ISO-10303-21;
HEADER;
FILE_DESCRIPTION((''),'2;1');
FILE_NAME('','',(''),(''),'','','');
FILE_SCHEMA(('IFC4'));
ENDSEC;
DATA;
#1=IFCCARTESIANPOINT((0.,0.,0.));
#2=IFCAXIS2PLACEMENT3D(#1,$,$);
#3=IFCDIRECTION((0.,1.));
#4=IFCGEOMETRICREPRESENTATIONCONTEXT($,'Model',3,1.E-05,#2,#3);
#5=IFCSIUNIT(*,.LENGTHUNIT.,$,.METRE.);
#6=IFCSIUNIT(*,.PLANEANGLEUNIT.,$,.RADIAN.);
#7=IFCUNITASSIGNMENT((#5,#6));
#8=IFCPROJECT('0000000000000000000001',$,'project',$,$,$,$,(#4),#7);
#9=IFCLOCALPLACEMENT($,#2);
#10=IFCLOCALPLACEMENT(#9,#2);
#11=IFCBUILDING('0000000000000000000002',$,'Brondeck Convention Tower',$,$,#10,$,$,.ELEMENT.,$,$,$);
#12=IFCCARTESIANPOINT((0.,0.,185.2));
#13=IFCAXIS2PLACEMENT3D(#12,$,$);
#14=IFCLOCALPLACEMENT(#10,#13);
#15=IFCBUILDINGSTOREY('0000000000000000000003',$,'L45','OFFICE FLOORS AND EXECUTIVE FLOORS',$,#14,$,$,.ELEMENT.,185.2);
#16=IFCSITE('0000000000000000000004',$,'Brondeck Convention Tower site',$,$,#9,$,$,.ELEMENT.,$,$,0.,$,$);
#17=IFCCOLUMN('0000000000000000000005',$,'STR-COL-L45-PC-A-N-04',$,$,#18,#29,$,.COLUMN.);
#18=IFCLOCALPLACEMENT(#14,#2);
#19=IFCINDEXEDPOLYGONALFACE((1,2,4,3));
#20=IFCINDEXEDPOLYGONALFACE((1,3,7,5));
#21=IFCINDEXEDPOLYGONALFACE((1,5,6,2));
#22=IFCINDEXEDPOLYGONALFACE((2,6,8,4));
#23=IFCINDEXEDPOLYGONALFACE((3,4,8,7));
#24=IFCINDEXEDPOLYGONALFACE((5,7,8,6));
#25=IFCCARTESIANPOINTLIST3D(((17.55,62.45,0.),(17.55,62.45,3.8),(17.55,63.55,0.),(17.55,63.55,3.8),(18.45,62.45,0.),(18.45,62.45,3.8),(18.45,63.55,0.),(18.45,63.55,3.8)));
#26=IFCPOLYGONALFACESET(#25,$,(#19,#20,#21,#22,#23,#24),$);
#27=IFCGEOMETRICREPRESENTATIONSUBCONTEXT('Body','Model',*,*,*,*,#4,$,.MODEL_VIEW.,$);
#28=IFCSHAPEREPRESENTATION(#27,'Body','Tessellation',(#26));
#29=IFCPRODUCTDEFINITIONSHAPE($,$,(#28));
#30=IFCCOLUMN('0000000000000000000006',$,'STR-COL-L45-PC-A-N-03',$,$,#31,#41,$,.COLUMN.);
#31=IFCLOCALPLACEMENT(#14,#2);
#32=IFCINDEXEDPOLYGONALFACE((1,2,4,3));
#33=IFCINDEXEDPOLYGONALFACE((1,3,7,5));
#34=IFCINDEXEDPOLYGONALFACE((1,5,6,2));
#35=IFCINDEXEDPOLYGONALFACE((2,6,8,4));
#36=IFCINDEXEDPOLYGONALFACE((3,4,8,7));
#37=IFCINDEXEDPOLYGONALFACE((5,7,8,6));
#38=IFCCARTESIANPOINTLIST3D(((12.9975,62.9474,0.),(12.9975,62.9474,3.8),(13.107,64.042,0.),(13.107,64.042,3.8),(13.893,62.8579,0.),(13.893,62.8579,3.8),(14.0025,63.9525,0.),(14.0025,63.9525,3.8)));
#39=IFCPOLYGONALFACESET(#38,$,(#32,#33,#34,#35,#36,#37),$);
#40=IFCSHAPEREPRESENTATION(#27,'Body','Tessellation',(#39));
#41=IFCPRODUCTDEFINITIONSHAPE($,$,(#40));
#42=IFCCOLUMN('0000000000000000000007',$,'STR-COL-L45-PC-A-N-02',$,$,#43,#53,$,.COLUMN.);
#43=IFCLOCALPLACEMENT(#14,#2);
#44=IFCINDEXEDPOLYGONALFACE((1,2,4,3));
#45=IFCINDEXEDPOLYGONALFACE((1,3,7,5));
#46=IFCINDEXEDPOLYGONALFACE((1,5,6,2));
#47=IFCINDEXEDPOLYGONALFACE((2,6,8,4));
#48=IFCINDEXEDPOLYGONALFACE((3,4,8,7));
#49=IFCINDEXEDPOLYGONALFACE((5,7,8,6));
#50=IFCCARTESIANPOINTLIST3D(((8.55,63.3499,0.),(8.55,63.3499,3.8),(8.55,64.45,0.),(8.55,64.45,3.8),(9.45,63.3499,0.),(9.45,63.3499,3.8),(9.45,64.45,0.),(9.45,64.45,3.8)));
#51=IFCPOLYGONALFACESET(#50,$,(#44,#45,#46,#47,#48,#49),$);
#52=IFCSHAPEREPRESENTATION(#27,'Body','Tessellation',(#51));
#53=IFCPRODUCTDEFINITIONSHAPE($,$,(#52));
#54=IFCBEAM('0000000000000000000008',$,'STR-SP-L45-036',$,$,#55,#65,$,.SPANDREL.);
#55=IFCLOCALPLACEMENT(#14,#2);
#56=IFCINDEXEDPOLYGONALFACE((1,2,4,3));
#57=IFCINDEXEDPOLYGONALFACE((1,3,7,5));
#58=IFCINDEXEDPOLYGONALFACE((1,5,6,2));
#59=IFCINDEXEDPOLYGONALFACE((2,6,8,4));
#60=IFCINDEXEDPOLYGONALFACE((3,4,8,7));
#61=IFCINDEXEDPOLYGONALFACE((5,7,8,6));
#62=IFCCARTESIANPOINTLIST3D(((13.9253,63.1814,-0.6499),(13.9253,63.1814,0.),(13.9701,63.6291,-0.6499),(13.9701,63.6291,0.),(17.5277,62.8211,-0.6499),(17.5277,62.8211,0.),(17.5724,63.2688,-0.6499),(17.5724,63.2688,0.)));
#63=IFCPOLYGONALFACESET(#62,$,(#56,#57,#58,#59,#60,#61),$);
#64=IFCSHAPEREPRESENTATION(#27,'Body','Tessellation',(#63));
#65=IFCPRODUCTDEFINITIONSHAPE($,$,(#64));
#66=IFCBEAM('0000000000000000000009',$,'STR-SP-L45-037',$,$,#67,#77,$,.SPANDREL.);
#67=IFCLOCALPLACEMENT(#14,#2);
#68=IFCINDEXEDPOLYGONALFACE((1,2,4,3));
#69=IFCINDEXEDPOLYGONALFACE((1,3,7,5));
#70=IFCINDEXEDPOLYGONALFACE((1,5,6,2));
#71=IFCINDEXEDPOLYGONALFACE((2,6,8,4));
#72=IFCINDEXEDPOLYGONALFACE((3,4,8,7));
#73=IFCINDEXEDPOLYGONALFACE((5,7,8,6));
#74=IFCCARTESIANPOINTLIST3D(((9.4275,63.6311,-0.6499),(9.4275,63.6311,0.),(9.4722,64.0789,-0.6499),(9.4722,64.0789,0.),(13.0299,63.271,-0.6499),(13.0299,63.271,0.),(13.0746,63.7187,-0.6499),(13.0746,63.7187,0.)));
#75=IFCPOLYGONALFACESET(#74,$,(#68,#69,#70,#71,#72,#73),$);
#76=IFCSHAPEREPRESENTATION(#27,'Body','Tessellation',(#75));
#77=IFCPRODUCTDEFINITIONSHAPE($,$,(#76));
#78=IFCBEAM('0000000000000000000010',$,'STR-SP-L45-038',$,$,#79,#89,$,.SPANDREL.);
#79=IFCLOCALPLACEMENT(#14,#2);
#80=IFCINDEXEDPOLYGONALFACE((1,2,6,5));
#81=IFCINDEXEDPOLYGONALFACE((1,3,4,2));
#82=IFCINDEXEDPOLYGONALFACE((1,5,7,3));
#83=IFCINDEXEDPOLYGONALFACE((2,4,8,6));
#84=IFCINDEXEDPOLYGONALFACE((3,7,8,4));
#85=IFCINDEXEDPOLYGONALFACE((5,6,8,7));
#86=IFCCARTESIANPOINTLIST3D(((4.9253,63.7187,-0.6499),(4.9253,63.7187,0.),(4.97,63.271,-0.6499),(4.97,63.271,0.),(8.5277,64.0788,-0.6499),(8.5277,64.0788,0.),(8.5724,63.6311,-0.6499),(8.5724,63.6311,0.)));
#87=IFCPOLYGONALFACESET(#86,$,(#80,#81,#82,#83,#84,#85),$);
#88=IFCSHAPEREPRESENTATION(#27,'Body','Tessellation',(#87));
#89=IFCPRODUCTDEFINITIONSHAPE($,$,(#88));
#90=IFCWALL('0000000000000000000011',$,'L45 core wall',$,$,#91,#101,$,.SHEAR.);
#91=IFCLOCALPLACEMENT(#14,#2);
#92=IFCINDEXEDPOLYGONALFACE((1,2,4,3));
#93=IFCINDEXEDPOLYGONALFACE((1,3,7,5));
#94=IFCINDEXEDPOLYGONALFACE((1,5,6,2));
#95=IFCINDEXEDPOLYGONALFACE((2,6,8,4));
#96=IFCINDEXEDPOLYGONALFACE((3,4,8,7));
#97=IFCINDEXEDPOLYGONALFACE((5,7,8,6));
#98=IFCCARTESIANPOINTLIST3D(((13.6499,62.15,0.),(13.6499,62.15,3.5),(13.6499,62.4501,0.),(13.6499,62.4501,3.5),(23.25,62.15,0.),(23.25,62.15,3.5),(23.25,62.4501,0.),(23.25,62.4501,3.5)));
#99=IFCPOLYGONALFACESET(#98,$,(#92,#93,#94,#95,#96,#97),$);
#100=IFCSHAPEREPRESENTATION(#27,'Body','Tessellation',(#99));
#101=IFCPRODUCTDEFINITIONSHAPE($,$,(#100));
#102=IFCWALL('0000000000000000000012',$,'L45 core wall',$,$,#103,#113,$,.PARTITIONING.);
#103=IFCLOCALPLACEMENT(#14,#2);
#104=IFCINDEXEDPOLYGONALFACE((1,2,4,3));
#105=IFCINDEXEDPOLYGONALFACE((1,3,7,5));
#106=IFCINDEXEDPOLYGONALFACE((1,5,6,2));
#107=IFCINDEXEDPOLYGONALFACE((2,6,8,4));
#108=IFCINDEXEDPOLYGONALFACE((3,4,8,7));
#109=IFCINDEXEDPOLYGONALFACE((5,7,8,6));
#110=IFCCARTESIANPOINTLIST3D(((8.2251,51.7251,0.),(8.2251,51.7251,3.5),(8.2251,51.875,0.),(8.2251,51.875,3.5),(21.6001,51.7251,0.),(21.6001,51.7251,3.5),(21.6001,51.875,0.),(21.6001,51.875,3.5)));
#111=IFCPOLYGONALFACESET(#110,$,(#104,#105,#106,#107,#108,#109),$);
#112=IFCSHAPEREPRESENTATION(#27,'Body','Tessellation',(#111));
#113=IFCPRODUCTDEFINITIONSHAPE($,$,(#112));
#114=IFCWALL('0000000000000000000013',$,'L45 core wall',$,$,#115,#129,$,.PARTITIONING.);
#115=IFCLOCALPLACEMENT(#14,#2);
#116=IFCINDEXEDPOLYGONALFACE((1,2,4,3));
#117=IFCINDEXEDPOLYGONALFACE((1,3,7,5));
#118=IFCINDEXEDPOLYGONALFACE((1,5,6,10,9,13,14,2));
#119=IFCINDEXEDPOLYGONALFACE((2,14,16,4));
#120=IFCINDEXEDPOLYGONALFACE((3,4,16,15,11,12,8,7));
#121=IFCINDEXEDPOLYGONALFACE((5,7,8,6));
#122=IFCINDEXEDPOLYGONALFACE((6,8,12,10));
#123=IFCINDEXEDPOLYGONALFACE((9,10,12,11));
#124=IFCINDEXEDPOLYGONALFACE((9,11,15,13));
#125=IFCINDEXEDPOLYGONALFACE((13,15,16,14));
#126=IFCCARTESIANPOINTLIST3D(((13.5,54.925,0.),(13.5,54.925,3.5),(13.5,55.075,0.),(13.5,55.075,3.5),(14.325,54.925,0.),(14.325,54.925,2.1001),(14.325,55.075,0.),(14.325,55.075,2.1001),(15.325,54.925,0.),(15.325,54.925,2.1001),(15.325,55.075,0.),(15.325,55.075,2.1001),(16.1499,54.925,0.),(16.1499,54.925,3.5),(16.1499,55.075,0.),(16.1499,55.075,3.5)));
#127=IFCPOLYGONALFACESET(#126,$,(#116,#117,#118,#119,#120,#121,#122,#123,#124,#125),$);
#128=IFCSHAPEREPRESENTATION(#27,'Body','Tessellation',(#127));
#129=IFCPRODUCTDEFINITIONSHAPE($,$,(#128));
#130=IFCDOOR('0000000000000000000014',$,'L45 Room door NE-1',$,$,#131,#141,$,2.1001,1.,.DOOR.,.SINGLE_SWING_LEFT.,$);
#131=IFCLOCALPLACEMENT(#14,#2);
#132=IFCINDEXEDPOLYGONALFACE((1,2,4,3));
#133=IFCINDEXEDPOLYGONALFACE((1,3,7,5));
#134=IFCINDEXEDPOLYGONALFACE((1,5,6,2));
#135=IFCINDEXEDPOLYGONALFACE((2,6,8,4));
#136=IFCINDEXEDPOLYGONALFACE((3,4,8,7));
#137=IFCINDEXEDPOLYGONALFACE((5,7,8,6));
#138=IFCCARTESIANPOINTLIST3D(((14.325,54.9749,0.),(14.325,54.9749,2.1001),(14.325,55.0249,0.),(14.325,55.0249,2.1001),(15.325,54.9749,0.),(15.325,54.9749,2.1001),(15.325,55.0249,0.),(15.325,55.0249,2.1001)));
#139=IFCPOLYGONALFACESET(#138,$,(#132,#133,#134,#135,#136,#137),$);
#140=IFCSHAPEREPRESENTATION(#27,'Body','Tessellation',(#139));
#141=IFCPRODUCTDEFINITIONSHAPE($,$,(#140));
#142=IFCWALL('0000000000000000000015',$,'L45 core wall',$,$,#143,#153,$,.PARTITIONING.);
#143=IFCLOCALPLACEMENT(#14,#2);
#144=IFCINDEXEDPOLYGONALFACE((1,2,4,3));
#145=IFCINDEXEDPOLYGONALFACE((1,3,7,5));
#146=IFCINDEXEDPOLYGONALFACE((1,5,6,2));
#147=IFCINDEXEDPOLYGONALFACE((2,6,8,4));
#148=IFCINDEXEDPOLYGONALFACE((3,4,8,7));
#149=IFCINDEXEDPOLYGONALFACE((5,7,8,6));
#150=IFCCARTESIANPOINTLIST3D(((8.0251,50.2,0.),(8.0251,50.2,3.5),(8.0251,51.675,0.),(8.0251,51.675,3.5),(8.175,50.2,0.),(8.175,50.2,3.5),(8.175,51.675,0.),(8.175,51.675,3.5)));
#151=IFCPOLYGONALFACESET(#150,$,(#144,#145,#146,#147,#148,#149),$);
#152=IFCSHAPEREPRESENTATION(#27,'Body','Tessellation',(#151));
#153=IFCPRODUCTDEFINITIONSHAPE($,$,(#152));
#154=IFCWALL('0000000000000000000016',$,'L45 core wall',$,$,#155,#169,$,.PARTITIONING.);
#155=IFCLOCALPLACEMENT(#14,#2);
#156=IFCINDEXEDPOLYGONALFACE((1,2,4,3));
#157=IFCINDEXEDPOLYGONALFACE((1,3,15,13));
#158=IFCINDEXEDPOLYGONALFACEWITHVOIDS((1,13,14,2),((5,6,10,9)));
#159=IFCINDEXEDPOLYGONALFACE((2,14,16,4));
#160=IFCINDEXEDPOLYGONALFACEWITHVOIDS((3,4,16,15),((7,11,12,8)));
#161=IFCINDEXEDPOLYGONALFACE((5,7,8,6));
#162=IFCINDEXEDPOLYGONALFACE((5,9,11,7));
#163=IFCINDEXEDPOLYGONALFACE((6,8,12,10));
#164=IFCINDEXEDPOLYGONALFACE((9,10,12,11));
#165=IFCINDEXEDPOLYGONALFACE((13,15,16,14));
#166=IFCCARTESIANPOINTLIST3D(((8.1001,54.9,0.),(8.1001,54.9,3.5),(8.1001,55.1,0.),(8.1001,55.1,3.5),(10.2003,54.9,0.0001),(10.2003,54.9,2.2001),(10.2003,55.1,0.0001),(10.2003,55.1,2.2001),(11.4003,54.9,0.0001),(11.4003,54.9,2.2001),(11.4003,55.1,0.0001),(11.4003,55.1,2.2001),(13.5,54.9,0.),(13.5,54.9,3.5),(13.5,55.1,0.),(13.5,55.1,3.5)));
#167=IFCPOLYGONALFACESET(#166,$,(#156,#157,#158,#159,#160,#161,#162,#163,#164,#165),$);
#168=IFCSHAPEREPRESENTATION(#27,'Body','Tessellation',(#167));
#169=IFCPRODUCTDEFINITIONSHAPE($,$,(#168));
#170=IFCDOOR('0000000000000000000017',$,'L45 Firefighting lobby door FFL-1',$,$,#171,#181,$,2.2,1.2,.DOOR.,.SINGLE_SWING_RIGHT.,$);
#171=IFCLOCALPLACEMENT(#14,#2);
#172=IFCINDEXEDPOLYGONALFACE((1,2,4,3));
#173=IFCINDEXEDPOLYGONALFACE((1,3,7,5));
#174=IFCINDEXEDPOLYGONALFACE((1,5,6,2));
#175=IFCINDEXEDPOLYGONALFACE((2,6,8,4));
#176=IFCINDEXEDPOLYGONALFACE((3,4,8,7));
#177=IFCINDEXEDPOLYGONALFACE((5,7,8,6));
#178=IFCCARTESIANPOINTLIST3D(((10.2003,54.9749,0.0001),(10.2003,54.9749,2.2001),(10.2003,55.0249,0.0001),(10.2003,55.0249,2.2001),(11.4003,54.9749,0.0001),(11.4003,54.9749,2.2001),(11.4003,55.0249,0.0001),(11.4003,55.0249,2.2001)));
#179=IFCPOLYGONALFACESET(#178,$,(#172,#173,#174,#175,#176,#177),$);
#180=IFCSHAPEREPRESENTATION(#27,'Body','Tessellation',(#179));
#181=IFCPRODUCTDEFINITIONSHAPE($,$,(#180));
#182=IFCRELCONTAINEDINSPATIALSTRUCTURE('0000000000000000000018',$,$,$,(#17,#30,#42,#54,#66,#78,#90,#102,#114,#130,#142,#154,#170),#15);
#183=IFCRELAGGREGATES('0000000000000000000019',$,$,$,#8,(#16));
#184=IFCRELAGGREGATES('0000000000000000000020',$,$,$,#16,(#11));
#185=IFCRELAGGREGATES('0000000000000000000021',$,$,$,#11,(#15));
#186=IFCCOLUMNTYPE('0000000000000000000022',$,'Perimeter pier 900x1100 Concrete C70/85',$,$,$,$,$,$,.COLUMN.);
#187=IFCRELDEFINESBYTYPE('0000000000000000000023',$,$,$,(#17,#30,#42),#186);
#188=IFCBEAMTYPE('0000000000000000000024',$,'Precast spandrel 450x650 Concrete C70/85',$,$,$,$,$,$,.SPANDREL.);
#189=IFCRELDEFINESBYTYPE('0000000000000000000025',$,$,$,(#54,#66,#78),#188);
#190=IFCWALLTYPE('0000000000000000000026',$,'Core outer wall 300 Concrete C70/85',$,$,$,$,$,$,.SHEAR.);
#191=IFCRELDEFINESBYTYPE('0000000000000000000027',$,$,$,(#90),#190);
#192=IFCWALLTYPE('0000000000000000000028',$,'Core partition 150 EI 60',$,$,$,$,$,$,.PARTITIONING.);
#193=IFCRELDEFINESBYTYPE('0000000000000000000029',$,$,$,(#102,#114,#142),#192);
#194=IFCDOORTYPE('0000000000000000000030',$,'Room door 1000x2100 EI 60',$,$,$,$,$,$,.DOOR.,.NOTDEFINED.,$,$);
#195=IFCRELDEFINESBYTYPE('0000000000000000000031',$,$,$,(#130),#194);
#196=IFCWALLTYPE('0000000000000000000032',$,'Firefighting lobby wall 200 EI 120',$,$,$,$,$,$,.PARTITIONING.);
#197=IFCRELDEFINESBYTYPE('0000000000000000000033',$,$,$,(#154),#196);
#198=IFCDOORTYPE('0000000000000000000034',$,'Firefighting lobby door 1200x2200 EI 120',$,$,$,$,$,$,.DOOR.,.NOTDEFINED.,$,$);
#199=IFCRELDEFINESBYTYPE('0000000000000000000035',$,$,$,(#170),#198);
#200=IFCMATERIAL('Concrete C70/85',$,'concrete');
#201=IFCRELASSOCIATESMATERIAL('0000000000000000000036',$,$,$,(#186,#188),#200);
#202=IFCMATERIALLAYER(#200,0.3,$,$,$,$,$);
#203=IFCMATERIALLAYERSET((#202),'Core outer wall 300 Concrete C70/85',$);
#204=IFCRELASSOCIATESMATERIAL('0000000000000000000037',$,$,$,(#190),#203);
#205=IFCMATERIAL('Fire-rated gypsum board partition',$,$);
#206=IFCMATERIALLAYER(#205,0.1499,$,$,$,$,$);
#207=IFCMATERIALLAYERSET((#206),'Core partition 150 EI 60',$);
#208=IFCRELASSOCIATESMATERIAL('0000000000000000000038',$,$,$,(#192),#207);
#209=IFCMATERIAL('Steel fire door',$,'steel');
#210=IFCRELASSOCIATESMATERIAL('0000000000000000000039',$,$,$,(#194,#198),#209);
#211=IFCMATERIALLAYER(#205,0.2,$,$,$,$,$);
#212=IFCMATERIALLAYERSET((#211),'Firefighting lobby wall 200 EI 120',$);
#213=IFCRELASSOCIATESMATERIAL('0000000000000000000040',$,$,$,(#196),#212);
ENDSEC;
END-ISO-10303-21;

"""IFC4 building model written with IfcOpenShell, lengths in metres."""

from ifc_helpers import new_model, si_unit, direction, frame, frame_2d, origin, origin_2d, place, context, subcontext, project, spatial, rectangle, extrude, material, layer, layer_set, material_profile, profile_set, type_object, element, fill, save


model = new_model("IFC4")

# Units and contexts
model_context = context("Model", 3, precision=1e-05, world=origin(), true_north=direction((0.0, 1.0)))
body_context = subcontext(model_context, "Body", "Model", "MODEL_VIEW")
ifc_project = project(units=[si_unit("LENGTHUNIT", "METRE"), si_unit("PLANEANGLEUNIT", "RADIAN")], contexts=[model_context])

# Site, building, storey
site_placement = place(None, origin())
site = spatial("IfcSite", under=ifc_project, at=site_placement, Name="Brondeck Convention Tower site", CompositionType="ELEMENT", RefElevation=0.0)
building_placement = place(site_placement, origin())
building = spatial("IfcBuilding", under=site, at=building_placement, Name="Brondeck Convention Tower", CompositionType="ELEMENT")
storey_placement = place(building_placement, frame((0.0, 0.0, 185.2)))
storey = spatial("IfcBuildingStorey", under=building, at=storey_placement, Name="L45", Description="OFFICE FLOORS AND EXECUTIVE FLOORS", CompositionType="ELEMENT", Elevation=185.2)

# Columns
ifc_material_1 = material(Name="Concrete C70/85", Category="concrete")
ifc_material_profile_1 = material_profile(ifc_material_1, rectangle(XDim=0.8999, YDim=1.1001, at=origin_2d()), Name="Perimeter pier 900x1100 Concrete C70/85")
ifc_profile_set_1 = profile_set([ifc_material_profile_1], Name="Concrete C70/85")
column_type = type_object("IfcColumnType", Name="Perimeter pier 900x1100 Concrete C70/85", PredefinedType="COLUMN", material=ifc_profile_set_1)
for number, where, z_axis, x_axis, name in (
    (1, (18.0, 63.0, 0.0), (0.0, 0.0, 1.0), (-1.0, 0.0, 0.0), "STR-COL-L45-PC-A-N-04"),
    (2, (13.5, 63.45, 0.0), (0.0, 0.0, 1.0), (-0.995037, 0.099504, 0.0), "STR-COL-L45-PC-A-N-03"),
    (3, (9.0, 63.8999, 0.0), (0.0, 0.0, 1.0), (-1.0, 0.0, 0.0), "STR-COL-L45-PC-A-N-02"),
):
    element("IfcColumn", number, at=place(storey_placement, frame(where, z_axis=z_axis, x_axis=x_axis)), inside=storey, type_object=column_type, Name=name, PredefinedType="COLUMN", context=body_context, shape_type="SweptSolid", body=[
        extrude(rectangle(XDim=0.8999, YDim=1.1001, at=origin_2d()), origin(), (0.0, 0.0, 1.0), 3.8),
    ])

# Beams
ifc_material_profile_2 = material_profile(ifc_material_1, rectangle(XDim=0.45, YDim=0.6499, at=origin_2d()), Name="Precast spandrel 450x650 Concrete C70/85")
ifc_profile_set_2 = profile_set([ifc_material_profile_2], Name="Concrete C70/85")
beam_type = type_object("IfcBeamType", Name="Precast spandrel 450x650 Concrete C70/85", PredefinedType="SPANDREL", material=ifc_profile_set_2)
for number, where, z_axis, x_axis, name in (
    (4, (17.55, 63.0449, -0.325), (-0.995034, 0.099537, 0.0), (-0.099537, -0.995034, 0.0), "STR-SP-L45-036"),
    (5, (13.0522, 63.4949, -0.325), (-0.995041, 0.09947, 0.0), (-0.09947, -0.995041, 0.0), "STR-SP-L45-037"),
    (6, (8.55, 63.855, -0.325), (-0.995041, -0.09947, 0.0), (0.09947, -0.995041, 0.0), "STR-SP-L45-038"),
):
    element("IfcBeam", number, at=place(storey_placement, frame(where, z_axis=z_axis, x_axis=x_axis)), inside=storey, type_object=beam_type, Name=name, PredefinedType="SPANDREL", context=body_context, shape_type="SweptSolid", body=[
        extrude(rectangle(XDim=0.45, YDim=0.6499, at=origin_2d()), origin(), (0.0, 0.0, 1.0), 3.6204),
    ])

# Walls
ifc_layer_1 = layer(ifc_material_1, 0.3)
ifc_layer_set_1 = layer_set([ifc_layer_1], Name="Core outer wall 300 Concrete C70/85")
wall_type_1 = type_object("IfcWallType", Name="Core outer wall 300 Concrete C70/85", PredefinedType="SHEAR", material=ifc_layer_set_1)
wall_1_placement = place(storey_placement, frame((13.6499, 62.3, 0.0), z_axis=(0.0, 0.0, 1.0), x_axis=(1.0, 0.0, 0.0)))
element("IfcWall", 7, at=wall_1_placement, inside=storey, type_object=wall_type_1, Name="L45 core wall", PredefinedType="SHEAR", context=body_context, shape_type="SweptSolid", body=[
    extrude(rectangle(XDim=9.6001, YDim=0.3, at=frame_2d((4.8, 0.0))), origin(), (0.0, 0.0, 1.0), 3.5),
])
ifc_material_2 = material(Name="Fire-rated gypsum board partition")
ifc_layer_2 = layer(ifc_material_2, 0.1499)
ifc_layer_set_2 = layer_set([ifc_layer_2], Name="Core partition 150 EI 60")
wall_type_2 = type_object("IfcWallType", Name="Core partition 150 EI 60", PredefinedType="PARTITIONING", material=ifc_layer_set_2)
wall_2_placement = place(storey_placement, frame((8.2251, 51.8, 0.0), z_axis=(0.0, 0.0, 1.0), x_axis=(1.0, 0.0, 0.0)))
element("IfcWall", 8, at=wall_2_placement, inside=storey, type_object=wall_type_2, Name="L45 core wall", PredefinedType="PARTITIONING", context=body_context, shape_type="SweptSolid", body=[
    extrude(rectangle(XDim=13.375, YDim=0.1499, at=frame_2d((6.6875, 0.0))), origin(), (0.0, 0.0, 1.0), 3.5),
])

# Wall, opening, door
wall_3_placement = place(storey_placement, frame((13.5, 55.0, 0.0), z_axis=(0.0, 0.0, 1.0), x_axis=(1.0, 0.0, 0.0)))
wall_3 = element("IfcWall", 9, at=wall_3_placement, inside=storey, type_object=wall_type_2, Name="L45 core wall", PredefinedType="PARTITIONING", context=body_context, shape_type="SweptSolid", body=[
    extrude(rectangle(XDim=2.6499, YDim=0.1499, at=frame_2d((1.325, 0.0))), origin(), (0.0, 0.0, 1.0), 3.5),
])
opening_1_placement = place(wall_3_placement, frame((0.825, 0.0, 0.0)))
opening_1 = element("IfcOpeningElement", 10, at=opening_1_placement, cuts=wall_3, PredefinedType="OPENING", context=body_context, shape_type="SweptSolid", body=[
    extrude(rectangle(XDim=1.0, YDim=2.1001, at=frame_2d((0.5, 1.05))), frame((0.0, 0.085, 0.0), z_axis=(0.0, -1.0, 0.0), x_axis=(1.0, 0.0, 0.0)), (0.0, 0.0, 1.0), 0.1699),
])
ifc_material_3 = material(Name="Steel fire door", Category="steel")
door_type_1 = type_object("IfcDoorType", Name="Room door 1000x2100 EI 60", OperationType="NOTDEFINED", PredefinedType="DOOR", material=ifc_material_3)
door_1_placement = place(opening_1_placement, origin())
door_1 = element("IfcDoor", 11, at=door_1_placement, inside=storey, type_object=door_type_1, Name="L45 Room door NE-1", OperationType="SINGLE_SWING_LEFT", OverallHeight=2.1001, OverallWidth=1.0, PredefinedType="DOOR", context=body_context, shape_type="SweptSolid", body=[
    extrude(rectangle(XDim=1.0, YDim=2.1001, at=frame_2d((0.5, 1.05))), frame((0.0, 0.0249, 0.0), z_axis=(0.0, -1.0, 0.0), x_axis=(1.0, 0.0, 0.0)), (0.0, 0.0, 1.0), 0.05),
])
fill(opening_1, door_1)

# Wall
wall_4_placement = place(storey_placement, frame((8.1001, 50.2, 0.0), z_axis=(0.0, 0.0, 1.0), x_axis=(0.0, 1.0, 0.0)))
element("IfcWall", 12, at=wall_4_placement, inside=storey, type_object=wall_type_2, Name="L45 core wall", PredefinedType="PARTITIONING", context=body_context, shape_type="SweptSolid", body=[
    extrude(rectangle(XDim=1.4751, YDim=0.1499, at=frame_2d((0.7375, 0.0))), origin(), (0.0, 0.0, 1.0), 3.5),
])

# Wall, opening, door
ifc_layer_3 = layer(ifc_material_2, 0.2)
ifc_layer_set_3 = layer_set([ifc_layer_3], Name="Firefighting lobby wall 200 EI 120")
wall_type_3 = type_object("IfcWallType", Name="Firefighting lobby wall 200 EI 120", PredefinedType="PARTITIONING", material=ifc_layer_set_3)
wall_5_placement = place(storey_placement, frame((8.1001, 55.0, 0.0), z_axis=(0.0, 0.0, 1.0), x_axis=(1.0, 0.0, 0.0)))
wall_5 = element("IfcWall", 13, at=wall_5_placement, inside=storey, type_object=wall_type_3, Name="L45 core wall", PredefinedType="PARTITIONING", context=body_context, shape_type="SweptSolid", body=[
    extrude(rectangle(XDim=5.3999, YDim=0.2, at=frame_2d((2.7, 0.0))), origin(), (0.0, 0.0, 1.0), 3.5),
])
opening_2_placement = place(wall_5_placement, frame((2.1001, 0.0, 0.0)))
opening_2 = element("IfcOpeningElement", 14, at=opening_2_placement, cuts=wall_5, PredefinedType="OPENING", context=body_context, shape_type="SweptSolid", body=[
    extrude(rectangle(XDim=1.2, YDim=2.2, at=frame_2d((0.6001, 1.1001))), frame((0.0, 0.1099, 0.0), z_axis=(0.0, -1.0, 0.0), x_axis=(1.0, 0.0, 0.0)), (0.0, 0.0, 1.0), 0.22),
])
door_type_2 = type_object("IfcDoorType", Name="Firefighting lobby door 1200x2200 EI 120", OperationType="NOTDEFINED", PredefinedType="DOOR", material=ifc_material_3)
door_2_placement = place(opening_2_placement, origin())
door_2 = element("IfcDoor", 15, at=door_2_placement, inside=storey, type_object=door_type_2, Name="L45 Firefighting lobby door FFL-1", OperationType="SINGLE_SWING_RIGHT", OverallHeight=2.2, OverallWidth=1.2, PredefinedType="DOOR", context=body_context, shape_type="SweptSolid", body=[
    extrude(rectangle(XDim=1.2, YDim=2.2, at=frame_2d((0.6001, 1.1001))), frame((0.0, 0.0249, 0.0), z_axis=(0.0, -1.0, 0.0), x_axis=(1.0, 0.0, 0.0)), (0.0, 0.0, 1.0), 0.05),
])
fill(opening_2, door_2)

save(model, "model.ifc")
